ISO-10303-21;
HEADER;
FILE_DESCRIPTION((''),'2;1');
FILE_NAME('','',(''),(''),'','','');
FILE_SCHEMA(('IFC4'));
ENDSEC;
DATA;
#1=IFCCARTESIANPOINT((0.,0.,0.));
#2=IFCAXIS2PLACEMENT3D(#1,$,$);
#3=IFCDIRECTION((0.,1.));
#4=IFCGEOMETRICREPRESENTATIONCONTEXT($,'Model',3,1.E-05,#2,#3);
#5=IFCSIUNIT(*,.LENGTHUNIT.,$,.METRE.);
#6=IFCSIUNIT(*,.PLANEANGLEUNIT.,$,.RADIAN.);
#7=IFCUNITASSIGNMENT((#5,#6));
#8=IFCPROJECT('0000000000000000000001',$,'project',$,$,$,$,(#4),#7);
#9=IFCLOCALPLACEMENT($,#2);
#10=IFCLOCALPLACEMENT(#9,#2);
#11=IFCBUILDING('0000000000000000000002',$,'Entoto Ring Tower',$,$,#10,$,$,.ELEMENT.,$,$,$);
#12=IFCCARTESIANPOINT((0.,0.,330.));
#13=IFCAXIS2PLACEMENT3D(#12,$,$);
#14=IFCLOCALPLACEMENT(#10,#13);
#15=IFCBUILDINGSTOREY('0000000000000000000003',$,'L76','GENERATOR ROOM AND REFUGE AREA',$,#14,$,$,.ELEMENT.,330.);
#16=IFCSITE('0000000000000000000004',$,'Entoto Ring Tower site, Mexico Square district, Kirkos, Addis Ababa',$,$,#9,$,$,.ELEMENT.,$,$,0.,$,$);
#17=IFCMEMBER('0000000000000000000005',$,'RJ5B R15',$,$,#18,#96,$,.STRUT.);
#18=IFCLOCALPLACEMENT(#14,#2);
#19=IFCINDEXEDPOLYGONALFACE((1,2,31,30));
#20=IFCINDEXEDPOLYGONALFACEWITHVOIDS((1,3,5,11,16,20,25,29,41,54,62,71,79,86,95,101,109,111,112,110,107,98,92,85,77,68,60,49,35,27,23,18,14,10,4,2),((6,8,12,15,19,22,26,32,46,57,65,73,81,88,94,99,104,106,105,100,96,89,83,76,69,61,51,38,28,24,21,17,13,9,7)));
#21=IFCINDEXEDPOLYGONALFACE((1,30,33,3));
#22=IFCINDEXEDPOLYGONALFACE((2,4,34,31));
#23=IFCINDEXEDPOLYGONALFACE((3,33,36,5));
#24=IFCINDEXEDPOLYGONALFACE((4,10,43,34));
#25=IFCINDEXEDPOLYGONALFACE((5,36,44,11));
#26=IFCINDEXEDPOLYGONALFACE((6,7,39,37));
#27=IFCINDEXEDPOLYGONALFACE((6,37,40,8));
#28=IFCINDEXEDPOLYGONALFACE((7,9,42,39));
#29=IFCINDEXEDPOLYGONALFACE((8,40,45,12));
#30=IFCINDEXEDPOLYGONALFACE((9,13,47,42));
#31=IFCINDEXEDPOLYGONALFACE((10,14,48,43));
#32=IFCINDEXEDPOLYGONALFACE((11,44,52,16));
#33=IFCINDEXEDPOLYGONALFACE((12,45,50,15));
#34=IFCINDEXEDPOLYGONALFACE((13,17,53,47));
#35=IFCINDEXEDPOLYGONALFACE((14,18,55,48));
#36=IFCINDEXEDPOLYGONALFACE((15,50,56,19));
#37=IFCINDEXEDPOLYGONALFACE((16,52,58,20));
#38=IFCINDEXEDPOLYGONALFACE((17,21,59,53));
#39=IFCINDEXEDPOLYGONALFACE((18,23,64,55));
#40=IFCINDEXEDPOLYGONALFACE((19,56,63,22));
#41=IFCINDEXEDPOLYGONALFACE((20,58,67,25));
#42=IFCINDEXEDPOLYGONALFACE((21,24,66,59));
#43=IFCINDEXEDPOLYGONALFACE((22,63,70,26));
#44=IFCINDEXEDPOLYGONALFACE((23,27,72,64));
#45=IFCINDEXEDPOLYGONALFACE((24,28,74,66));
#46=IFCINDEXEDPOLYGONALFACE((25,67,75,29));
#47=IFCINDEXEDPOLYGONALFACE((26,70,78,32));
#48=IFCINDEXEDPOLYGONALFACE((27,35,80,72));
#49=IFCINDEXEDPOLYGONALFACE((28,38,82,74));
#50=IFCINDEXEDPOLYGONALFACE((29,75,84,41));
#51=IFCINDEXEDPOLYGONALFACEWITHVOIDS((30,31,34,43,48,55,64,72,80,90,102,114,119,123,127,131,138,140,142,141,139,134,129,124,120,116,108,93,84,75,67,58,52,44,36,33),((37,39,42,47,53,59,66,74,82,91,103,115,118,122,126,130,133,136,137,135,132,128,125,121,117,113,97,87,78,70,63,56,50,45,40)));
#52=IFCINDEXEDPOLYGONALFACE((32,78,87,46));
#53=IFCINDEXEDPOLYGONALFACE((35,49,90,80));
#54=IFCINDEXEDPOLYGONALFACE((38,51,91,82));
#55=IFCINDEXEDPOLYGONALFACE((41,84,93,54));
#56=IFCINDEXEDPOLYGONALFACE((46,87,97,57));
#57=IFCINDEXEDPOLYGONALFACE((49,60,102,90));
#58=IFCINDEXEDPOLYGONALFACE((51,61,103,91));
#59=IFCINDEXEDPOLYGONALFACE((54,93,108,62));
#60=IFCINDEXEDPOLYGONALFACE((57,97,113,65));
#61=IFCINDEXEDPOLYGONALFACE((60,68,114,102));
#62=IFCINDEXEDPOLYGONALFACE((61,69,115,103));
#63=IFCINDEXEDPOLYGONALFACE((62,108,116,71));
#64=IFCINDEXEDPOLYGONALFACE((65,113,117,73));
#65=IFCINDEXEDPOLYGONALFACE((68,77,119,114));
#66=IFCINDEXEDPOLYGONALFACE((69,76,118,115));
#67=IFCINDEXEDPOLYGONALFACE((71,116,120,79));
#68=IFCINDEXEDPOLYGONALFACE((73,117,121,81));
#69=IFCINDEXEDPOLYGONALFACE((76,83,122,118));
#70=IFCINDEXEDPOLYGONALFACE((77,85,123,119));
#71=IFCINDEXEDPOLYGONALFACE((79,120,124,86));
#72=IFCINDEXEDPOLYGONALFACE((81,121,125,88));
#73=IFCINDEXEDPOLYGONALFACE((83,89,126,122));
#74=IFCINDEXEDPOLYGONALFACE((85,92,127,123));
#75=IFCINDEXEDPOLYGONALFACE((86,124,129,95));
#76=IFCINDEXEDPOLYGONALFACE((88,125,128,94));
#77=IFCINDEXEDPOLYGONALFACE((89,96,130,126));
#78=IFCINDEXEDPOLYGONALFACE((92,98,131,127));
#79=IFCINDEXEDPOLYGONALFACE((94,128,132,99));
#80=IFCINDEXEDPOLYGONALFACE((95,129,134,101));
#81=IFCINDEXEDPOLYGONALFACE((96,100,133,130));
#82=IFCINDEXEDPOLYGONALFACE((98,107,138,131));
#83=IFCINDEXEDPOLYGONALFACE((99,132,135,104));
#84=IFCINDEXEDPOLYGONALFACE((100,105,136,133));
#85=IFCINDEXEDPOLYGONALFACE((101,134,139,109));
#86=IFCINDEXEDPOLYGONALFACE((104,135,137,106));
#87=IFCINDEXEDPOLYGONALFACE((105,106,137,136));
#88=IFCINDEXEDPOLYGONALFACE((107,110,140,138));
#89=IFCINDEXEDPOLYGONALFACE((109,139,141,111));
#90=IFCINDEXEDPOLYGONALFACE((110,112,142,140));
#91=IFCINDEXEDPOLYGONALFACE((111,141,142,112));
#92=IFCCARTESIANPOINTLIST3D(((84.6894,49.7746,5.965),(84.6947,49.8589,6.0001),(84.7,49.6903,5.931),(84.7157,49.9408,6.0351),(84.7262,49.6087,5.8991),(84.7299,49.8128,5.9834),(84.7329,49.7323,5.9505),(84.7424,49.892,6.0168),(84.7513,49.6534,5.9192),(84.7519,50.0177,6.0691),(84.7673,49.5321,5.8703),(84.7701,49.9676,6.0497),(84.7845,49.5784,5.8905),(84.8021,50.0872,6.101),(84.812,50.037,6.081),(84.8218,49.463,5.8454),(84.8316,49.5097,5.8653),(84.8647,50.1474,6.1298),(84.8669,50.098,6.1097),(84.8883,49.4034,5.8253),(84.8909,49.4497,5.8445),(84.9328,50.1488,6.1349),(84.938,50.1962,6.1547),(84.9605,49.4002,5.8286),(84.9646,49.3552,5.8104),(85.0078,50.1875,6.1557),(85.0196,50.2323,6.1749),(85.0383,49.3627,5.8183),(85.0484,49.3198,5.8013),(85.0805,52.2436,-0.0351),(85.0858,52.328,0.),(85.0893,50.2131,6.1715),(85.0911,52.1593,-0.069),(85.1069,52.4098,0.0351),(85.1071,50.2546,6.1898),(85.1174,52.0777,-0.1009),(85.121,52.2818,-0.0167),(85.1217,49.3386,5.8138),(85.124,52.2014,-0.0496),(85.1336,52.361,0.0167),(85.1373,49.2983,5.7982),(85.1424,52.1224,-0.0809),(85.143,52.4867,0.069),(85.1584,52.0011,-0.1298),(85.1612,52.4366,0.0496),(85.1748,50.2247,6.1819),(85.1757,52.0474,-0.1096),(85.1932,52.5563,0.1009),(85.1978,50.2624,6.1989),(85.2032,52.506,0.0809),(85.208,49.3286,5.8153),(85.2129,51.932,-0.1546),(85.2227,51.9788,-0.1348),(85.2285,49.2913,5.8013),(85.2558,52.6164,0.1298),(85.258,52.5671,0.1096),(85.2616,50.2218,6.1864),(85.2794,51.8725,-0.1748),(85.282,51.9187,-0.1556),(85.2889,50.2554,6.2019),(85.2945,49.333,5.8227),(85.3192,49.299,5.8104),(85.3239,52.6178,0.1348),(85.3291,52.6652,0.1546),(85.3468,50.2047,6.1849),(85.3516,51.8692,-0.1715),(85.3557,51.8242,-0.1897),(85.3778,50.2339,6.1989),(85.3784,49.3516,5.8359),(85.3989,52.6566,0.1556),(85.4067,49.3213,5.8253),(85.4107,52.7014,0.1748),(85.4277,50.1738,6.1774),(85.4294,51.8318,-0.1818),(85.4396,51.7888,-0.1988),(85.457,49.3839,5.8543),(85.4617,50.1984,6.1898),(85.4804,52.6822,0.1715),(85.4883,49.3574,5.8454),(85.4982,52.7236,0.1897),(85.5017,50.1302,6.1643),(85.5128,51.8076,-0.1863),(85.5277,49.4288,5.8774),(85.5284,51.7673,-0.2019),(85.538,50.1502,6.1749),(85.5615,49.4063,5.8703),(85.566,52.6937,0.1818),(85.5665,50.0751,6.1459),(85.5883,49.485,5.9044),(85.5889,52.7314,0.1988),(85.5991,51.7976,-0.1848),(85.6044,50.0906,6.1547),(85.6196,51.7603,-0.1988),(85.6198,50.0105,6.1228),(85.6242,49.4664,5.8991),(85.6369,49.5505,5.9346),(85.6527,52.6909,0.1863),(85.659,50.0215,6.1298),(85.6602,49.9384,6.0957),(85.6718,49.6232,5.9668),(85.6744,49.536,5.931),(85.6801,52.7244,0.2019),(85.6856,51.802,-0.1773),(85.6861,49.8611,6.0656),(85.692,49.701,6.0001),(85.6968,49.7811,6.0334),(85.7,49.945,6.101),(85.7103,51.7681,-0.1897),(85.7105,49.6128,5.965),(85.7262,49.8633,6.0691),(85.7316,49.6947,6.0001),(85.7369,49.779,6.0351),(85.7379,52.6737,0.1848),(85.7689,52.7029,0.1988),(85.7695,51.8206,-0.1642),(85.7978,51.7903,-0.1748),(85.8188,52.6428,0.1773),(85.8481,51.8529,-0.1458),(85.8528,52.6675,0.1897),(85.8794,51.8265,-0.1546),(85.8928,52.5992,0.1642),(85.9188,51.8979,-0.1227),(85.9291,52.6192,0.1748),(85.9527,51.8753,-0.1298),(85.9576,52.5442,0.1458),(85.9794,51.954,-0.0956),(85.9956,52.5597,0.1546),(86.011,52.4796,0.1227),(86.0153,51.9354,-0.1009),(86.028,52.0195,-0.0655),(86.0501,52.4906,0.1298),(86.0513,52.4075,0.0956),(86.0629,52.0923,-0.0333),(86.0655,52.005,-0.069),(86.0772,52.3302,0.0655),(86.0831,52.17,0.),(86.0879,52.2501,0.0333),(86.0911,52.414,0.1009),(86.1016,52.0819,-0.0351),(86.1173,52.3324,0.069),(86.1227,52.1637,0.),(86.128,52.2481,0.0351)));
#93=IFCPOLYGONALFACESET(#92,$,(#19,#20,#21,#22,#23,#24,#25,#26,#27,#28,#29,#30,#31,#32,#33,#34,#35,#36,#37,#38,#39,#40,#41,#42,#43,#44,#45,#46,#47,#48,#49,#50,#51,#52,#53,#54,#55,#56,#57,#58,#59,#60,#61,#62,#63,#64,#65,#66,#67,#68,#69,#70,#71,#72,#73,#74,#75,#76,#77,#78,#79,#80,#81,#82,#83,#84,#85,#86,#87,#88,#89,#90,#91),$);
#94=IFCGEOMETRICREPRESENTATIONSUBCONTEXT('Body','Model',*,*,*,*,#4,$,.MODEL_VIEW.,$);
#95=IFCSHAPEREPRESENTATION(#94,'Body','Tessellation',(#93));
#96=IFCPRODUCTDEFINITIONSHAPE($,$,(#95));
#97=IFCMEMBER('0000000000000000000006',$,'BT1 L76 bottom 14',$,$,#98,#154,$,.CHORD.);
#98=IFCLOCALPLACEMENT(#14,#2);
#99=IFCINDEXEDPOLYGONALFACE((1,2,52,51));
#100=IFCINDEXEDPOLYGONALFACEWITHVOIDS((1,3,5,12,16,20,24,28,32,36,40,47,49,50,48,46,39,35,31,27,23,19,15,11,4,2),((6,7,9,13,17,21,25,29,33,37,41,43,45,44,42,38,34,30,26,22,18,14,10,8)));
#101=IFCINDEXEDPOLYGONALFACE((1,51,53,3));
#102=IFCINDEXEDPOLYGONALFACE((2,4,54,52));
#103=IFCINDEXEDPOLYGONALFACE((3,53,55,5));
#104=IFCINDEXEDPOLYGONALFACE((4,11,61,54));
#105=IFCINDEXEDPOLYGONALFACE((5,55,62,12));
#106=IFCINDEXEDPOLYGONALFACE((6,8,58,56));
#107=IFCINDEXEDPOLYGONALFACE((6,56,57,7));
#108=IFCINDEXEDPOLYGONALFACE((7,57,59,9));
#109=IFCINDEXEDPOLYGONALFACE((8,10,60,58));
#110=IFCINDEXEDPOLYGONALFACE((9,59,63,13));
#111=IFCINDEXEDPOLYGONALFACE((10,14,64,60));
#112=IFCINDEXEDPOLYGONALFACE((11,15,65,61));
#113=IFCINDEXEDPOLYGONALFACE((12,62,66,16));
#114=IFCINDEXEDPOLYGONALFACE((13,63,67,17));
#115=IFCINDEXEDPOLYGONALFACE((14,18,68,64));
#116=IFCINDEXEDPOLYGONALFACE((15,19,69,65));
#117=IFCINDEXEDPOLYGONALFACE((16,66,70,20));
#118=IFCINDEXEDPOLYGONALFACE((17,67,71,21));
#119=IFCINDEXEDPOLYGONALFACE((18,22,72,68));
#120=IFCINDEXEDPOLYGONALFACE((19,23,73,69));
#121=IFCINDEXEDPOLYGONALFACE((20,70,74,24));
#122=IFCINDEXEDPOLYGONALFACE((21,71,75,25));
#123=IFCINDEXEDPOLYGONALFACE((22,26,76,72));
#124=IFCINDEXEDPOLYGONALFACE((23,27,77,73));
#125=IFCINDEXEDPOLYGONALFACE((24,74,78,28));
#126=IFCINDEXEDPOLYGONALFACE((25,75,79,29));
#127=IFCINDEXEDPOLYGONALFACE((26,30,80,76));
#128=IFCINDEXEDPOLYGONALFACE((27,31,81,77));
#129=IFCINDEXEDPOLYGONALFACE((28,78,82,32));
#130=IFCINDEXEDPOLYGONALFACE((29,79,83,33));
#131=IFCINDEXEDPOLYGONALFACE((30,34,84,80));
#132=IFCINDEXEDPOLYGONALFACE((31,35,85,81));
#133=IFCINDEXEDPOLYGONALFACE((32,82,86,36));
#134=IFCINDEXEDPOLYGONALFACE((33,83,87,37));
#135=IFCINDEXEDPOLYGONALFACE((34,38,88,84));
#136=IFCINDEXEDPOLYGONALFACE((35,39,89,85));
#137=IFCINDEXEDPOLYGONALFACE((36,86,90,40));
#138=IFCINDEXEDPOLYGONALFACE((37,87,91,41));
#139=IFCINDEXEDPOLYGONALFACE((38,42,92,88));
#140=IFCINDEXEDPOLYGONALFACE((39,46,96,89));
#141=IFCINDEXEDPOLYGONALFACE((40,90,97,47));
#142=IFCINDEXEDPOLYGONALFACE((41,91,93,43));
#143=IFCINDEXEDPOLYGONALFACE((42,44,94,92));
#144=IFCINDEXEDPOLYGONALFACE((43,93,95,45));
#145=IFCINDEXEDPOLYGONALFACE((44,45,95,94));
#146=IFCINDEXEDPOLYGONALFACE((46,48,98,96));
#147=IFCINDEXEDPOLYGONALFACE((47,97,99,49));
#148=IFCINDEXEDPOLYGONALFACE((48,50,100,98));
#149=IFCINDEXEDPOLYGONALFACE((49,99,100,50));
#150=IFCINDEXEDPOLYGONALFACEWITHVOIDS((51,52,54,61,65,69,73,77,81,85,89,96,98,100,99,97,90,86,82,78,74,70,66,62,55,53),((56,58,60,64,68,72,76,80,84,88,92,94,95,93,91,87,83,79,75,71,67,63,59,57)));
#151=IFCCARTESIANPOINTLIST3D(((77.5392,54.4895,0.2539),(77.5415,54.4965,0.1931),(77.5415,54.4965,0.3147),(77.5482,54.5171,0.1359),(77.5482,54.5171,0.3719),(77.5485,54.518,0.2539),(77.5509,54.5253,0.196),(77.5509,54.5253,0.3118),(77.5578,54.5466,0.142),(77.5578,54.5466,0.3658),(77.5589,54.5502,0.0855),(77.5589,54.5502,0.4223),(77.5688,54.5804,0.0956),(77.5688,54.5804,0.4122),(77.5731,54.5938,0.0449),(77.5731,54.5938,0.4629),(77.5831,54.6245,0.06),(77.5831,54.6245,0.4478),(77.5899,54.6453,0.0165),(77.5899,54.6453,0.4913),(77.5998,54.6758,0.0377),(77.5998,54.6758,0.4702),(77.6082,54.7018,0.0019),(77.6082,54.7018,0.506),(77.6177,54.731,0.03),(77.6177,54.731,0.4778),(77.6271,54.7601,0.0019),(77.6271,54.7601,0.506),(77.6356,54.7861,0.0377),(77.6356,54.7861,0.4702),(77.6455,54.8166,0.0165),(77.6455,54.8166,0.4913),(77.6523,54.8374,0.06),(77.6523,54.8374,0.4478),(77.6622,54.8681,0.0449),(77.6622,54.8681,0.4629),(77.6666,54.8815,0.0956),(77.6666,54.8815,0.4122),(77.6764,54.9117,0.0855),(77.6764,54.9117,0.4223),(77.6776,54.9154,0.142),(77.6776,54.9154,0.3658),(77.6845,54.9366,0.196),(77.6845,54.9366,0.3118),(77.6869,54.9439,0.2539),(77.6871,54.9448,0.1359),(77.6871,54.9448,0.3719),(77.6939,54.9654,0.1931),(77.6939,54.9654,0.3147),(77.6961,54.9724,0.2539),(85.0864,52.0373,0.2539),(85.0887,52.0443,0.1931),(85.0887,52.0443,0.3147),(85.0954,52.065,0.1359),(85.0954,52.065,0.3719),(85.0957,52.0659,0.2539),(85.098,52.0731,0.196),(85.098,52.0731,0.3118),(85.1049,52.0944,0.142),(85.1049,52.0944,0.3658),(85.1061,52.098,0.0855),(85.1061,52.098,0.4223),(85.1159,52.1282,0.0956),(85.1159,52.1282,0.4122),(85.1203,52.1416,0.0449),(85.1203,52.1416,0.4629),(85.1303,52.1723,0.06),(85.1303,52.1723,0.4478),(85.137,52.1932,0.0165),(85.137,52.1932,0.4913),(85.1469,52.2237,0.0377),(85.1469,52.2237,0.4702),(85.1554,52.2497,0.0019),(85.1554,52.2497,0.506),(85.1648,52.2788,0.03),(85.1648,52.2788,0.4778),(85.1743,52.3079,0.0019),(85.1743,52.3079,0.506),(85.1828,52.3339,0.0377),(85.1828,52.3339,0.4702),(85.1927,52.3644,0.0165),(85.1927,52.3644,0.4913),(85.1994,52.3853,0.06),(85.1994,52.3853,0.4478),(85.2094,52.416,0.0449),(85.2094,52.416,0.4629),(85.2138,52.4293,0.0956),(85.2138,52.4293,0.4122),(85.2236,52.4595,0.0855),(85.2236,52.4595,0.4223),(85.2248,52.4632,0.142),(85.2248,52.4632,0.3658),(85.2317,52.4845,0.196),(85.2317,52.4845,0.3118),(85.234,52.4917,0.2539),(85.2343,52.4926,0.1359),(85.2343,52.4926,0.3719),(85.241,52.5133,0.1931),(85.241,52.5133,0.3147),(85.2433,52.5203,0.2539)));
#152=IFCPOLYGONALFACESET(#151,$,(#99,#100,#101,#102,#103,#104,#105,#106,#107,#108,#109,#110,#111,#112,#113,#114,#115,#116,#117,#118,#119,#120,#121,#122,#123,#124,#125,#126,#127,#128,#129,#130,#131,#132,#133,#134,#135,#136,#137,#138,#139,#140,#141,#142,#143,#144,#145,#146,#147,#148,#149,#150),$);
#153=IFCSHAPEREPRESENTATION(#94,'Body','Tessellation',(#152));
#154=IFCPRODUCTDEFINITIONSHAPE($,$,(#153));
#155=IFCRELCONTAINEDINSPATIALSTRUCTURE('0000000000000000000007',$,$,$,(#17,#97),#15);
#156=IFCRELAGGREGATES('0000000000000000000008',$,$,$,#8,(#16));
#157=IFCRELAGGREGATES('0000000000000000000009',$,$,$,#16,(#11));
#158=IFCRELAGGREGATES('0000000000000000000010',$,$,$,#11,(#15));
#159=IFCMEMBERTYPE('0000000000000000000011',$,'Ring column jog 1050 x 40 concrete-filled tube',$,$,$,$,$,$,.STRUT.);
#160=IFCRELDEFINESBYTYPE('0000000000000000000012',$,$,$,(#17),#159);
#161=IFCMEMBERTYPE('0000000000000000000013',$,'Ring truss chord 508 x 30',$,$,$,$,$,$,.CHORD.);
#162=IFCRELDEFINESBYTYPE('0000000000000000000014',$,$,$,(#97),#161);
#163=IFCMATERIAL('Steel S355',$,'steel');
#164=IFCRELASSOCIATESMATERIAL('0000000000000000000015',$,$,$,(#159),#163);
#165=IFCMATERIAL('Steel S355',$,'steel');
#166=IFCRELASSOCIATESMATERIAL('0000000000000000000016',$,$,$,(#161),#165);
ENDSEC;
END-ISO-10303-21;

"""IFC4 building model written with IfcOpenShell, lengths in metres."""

from ifc_helpers import new_model, si_unit, direction, frame, origin, origin_2d, place, context, subcontext, project, spatial, circle, hollow_circle, extrude, material, material_profile, profile_set, type_object, element, save


model = new_model("IFC4")

# Units and contexts
model_context = context("Model", 3, precision=1e-05, world=origin(), true_north=direction((0.0, 1.0)))
body_context = subcontext(model_context, "Body", "Model", "MODEL_VIEW")
ifc_project = project(units=[si_unit("LENGTHUNIT", "METRE"), si_unit("PLANEANGLEUNIT", "RADIAN")], contexts=[model_context])

# Site, building, storey
site_placement = place(None, origin())
site = spatial("IfcSite", under=ifc_project, at=site_placement, Name="Entoto Ring Tower site, Mexico Square district, Kirkos, Addis Ababa", CompositionType="ELEMENT", RefElevation=0.0)
building_placement = place(site_placement, origin())
building = spatial("IfcBuilding", under=site, at=building_placement, Name="Entoto Ring Tower", CompositionType="ELEMENT")
storey_placement = place(building_placement, frame((0.0, 0.0, 330.0)))
storey = spatial("IfcBuildingStorey", under=building, at=storey_placement, Name="L76", Description="GENERATOR ROOM AND REFUGE AREA", CompositionType="ELEMENT", Elevation=330.0)

# Members
ifc_material_1 = material(Name="Steel S355", Category="steel")
ifc_material_profile_1 = material_profile(ifc_material_1, hollow_circle(Radius=0.5249, WallThickness=0.04, at=origin_2d()), Name="CHS 1050 x 40")
ifc_material_2 = material(Name="Concrete C60/75", Category="concrete")
ifc_material_profile_2 = material_profile(ifc_material_2, circle(Radius=0.4851, at=origin_2d()), Name="Concrete C60/75 infill")
ifc_profile_set_1 = profile_set([ifc_material_profile_1, ifc_material_profile_2], Name="Steel S355")
member_type_1 = type_object("IfcMemberType", Name="Ring column jog 1050 x 40 concrete-filled tube", PredefinedType="STRUT", material=ifc_profile_set_1)
for number, where, z_axis, x_axis, name in (
    (1, (85.6042, 52.2458, 0.0), (-0.060172, -0.37985, 0.923089), (0.987684, -0.156459, 0.0), "RJ5B R15"),
):
    element("IfcMember", number, at=place(storey_placement, frame(where, z_axis=z_axis, x_axis=x_axis)), inside=storey, type_object=member_type_1, Name=name, PredefinedType="STRUT", context=body_context, shape_type="SweptSolid", body=[
        extrude(hollow_circle(Radius=0.5249, WallThickness=0.04, at=origin_2d()), origin(), (0.0, 0.0, 1.0), 6.5),
    ])
ifc_material_3 = material(Name="Steel S355", Category="steel")
ifc_material_profile_3 = material_profile(ifc_material_3, hollow_circle(Radius=0.2539, WallThickness=0.03, at=origin_2d()), Name="CHS 508 x 30")
ifc_material_4 = material(Name="Concrete C60/75", Category="concrete")
ifc_material_profile_4 = material_profile(ifc_material_4, circle(Radius=0.2241, at=origin_2d()), Name="Concrete C60/75 infill")
ifc_profile_set_2 = profile_set([ifc_material_profile_3, ifc_material_profile_4], Name="Steel S355")
member_type_2 = type_object("IfcMemberType", Name="Ring truss chord 508 x 30", PredefinedType="CHORD", material=ifc_profile_set_2)
member_1_placement = place(storey_placement, frame((77.6177, 54.731, 0.2539), z_axis=(0.951059, -0.30901, 0.0), x_axis=(0.30901, 0.951059, 0.0)))
element("IfcMember", 2, at=member_1_placement, inside=storey, type_object=member_type_2, Name="BT1 L76 bottom 14", PredefinedType="CHORD", context=body_context, shape_type="SweptSolid", body=[
    extrude(hollow_circle(Radius=0.2539, WallThickness=0.03, at=origin_2d()), origin(), (0.0, 0.0, 1.0), 7.9355),
])

save(model, "model.ifc")
